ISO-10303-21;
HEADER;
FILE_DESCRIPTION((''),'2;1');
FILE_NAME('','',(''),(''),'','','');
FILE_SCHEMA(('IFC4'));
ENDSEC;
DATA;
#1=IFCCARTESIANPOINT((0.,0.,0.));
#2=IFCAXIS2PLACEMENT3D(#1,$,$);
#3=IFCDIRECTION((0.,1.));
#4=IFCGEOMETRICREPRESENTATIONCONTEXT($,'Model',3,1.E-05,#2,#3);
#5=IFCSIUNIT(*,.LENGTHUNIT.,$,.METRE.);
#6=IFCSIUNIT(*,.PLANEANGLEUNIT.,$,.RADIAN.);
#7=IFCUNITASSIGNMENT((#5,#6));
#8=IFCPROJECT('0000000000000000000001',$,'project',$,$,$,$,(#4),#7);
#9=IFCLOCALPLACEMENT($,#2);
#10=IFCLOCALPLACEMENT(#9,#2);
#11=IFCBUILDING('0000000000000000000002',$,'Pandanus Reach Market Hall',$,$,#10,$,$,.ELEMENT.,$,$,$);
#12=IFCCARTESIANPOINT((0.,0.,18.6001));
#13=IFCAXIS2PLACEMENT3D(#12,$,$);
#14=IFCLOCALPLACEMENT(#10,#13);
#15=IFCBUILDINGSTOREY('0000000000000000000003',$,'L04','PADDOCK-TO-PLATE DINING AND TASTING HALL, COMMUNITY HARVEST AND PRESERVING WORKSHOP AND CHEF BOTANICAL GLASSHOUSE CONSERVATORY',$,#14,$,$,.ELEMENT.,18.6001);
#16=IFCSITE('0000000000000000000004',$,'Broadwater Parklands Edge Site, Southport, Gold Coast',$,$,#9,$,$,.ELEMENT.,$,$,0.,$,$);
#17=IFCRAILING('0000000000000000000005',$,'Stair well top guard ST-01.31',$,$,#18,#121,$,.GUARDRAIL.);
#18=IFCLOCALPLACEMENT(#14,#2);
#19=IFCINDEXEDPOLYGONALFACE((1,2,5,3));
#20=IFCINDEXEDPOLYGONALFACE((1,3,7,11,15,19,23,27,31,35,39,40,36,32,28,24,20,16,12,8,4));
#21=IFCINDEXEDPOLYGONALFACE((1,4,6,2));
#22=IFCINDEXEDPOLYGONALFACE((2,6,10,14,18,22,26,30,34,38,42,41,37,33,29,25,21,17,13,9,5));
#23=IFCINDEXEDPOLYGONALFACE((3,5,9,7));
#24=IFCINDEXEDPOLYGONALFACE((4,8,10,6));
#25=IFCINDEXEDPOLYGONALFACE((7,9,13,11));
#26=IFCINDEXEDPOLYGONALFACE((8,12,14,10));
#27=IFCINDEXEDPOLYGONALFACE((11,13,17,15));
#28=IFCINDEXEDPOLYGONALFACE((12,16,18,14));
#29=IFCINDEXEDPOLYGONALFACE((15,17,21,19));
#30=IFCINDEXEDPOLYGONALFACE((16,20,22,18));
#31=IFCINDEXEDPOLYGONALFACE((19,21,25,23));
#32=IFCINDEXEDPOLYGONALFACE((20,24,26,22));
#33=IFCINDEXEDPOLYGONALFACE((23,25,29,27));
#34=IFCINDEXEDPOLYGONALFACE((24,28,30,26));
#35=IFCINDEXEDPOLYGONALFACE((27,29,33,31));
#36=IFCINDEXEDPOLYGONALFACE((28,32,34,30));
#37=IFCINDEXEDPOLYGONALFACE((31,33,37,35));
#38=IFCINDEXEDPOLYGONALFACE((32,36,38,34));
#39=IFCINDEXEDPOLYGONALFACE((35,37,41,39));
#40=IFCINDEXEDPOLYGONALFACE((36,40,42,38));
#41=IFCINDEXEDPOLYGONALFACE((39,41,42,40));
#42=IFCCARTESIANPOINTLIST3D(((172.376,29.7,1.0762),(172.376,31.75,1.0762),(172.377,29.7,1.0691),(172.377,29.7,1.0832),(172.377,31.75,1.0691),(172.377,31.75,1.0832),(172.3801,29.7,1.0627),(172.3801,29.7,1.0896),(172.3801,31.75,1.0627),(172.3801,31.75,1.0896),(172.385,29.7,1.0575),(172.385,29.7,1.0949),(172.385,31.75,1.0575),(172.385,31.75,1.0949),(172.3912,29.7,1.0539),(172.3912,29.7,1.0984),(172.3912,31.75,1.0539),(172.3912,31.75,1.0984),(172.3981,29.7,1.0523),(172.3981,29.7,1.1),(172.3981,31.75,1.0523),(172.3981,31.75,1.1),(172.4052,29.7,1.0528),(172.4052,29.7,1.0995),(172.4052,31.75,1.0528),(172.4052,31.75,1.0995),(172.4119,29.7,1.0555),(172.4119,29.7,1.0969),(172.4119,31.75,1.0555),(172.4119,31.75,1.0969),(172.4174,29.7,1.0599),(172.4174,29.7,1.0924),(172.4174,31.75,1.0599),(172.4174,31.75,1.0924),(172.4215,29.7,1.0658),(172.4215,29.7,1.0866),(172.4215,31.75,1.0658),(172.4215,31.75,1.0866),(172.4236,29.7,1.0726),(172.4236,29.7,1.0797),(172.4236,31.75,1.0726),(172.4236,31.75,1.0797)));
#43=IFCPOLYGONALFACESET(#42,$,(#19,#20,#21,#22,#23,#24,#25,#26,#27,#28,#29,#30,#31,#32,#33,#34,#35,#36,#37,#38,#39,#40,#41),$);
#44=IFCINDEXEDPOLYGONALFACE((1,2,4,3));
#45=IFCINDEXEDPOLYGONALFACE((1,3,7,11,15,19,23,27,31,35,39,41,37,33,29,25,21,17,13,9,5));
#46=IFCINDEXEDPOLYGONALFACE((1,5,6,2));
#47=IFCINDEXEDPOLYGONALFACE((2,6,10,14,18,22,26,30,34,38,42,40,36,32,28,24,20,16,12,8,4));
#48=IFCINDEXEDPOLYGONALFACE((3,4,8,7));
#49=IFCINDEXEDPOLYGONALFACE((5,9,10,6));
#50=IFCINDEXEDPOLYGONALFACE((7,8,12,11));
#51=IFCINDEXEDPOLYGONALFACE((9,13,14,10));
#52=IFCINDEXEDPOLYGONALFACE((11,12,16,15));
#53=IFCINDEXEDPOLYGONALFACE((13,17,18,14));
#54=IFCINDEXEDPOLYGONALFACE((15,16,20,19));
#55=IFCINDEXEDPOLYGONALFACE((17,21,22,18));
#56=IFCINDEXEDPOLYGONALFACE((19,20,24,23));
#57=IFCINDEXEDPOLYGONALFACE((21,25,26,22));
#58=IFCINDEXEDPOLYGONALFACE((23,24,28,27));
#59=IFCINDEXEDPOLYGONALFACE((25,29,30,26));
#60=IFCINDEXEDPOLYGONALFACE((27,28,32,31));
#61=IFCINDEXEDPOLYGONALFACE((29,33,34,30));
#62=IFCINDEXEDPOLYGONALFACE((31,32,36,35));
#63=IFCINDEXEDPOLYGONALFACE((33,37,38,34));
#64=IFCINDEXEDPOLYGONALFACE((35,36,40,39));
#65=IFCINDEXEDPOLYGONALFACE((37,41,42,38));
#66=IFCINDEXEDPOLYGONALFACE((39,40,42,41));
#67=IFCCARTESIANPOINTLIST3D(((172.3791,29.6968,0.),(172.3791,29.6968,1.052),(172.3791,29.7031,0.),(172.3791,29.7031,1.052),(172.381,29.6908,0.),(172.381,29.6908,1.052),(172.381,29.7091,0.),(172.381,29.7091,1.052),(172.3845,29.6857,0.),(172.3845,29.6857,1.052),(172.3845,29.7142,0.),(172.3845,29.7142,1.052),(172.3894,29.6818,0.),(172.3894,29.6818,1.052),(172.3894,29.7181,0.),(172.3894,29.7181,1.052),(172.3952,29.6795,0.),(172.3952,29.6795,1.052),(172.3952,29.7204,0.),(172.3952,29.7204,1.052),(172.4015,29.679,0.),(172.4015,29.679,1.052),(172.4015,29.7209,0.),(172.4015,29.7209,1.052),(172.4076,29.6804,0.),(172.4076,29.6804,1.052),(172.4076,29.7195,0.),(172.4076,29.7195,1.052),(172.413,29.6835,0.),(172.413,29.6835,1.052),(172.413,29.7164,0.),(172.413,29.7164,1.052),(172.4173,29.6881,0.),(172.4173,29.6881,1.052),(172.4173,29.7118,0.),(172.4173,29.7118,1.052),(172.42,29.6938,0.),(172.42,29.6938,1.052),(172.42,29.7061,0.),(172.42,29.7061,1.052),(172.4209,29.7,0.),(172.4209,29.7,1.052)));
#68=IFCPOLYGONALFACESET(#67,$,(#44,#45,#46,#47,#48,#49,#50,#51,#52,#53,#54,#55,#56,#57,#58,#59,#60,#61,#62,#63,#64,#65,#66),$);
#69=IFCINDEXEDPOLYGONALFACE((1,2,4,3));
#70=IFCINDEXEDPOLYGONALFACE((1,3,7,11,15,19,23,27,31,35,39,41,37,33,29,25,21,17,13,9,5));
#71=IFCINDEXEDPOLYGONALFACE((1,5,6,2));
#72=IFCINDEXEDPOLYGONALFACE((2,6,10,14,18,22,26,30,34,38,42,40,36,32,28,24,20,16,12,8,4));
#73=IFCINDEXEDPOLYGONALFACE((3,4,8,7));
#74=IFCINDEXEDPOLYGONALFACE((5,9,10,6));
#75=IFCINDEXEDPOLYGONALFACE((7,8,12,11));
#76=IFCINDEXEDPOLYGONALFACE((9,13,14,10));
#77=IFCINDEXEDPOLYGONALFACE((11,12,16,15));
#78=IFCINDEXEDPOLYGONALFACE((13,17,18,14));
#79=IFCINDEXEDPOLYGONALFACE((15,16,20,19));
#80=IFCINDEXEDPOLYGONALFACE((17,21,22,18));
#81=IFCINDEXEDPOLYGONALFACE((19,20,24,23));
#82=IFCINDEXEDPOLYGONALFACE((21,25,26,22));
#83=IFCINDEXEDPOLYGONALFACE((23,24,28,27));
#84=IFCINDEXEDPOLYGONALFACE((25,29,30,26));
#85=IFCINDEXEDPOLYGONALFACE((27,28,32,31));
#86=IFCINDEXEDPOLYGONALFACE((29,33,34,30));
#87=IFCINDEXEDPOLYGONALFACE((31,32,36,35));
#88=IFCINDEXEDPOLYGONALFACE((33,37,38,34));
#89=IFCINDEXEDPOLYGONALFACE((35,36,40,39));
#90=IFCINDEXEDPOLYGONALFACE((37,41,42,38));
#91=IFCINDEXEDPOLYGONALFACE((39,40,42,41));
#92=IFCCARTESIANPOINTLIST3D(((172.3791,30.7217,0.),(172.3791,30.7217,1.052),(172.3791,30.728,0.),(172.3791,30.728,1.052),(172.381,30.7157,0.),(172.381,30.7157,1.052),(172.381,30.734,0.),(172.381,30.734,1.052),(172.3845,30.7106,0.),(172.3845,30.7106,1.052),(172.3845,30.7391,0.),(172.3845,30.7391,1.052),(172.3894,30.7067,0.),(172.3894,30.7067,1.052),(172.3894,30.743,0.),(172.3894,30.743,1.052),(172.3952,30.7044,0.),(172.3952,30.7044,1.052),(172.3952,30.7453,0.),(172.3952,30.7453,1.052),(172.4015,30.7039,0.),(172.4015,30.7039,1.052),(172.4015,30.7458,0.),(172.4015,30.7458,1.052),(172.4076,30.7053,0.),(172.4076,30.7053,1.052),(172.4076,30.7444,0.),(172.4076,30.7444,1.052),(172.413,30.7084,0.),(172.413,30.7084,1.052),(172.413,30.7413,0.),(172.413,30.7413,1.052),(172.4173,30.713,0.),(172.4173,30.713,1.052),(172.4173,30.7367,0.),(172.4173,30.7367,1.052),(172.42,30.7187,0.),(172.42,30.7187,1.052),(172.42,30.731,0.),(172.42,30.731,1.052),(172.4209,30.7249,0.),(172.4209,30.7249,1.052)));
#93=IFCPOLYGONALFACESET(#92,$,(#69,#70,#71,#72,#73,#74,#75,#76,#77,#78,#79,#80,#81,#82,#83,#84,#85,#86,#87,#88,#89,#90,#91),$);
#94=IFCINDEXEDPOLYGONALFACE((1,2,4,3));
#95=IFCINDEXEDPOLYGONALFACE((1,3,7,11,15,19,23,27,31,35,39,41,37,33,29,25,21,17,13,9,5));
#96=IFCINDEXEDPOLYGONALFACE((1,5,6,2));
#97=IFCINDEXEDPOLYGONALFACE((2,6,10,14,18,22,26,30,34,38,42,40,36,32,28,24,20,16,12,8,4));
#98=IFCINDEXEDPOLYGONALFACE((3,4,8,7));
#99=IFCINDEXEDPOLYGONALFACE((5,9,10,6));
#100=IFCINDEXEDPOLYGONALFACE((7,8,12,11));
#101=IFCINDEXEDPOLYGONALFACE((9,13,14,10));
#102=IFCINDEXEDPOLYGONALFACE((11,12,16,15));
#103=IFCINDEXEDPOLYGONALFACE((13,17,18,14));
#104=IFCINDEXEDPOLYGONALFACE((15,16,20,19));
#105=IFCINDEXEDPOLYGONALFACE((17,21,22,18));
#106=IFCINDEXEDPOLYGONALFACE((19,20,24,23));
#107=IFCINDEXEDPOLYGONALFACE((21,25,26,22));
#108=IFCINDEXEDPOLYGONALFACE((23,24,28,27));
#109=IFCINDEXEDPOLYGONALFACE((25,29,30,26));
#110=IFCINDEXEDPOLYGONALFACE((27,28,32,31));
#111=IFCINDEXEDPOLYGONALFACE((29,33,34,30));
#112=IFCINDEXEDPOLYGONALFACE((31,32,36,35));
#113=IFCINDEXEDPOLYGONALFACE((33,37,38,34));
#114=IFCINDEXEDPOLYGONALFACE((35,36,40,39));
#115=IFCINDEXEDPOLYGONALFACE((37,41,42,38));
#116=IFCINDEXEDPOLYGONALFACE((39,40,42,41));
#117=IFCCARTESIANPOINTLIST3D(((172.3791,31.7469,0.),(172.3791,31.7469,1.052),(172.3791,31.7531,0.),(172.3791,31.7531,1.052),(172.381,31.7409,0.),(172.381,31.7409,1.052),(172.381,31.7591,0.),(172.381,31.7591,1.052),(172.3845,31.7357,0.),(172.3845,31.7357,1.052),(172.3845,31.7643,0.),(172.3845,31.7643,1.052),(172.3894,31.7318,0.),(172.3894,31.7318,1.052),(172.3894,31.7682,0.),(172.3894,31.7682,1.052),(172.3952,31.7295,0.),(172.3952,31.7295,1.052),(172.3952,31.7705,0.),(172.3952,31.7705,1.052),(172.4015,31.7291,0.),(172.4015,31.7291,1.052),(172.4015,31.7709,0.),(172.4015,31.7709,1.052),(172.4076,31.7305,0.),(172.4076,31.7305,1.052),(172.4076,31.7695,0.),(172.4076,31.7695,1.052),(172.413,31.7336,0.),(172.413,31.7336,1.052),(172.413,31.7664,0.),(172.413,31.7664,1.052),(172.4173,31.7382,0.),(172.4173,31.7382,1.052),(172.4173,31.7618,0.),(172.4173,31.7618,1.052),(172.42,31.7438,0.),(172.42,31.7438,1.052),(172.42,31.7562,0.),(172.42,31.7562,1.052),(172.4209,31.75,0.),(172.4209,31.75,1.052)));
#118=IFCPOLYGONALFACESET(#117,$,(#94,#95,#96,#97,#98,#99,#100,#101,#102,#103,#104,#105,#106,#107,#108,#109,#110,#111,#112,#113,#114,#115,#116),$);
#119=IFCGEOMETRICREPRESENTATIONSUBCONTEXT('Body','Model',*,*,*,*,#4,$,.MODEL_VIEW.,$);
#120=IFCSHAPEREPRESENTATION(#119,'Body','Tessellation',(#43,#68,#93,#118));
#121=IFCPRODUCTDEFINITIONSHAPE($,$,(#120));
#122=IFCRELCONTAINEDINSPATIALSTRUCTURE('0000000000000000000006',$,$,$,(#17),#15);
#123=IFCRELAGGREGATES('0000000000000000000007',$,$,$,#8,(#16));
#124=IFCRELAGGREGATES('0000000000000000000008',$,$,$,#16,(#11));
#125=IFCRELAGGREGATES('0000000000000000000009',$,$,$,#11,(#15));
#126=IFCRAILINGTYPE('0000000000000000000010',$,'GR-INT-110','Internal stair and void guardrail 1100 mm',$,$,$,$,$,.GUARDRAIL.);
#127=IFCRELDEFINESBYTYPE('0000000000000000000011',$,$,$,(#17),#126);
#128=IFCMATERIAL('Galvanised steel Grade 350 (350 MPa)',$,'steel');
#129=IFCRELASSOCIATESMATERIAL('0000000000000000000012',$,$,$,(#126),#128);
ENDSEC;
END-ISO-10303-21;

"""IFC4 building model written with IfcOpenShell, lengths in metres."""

from ifc_helpers import new_model, si_unit, direction, frame, origin, origin_2d, place, context, subcontext, project, spatial, circle, extrude, material, type_object, element, save


model = new_model("IFC4")

# Units and contexts
model_context = context("Model", 3, precision=1e-05, world=origin(), true_north=direction((0.0, 1.0)))
body_context = subcontext(model_context, "Body", "Model", "MODEL_VIEW")
ifc_project = project(units=[si_unit("LENGTHUNIT", "METRE"), si_unit("PLANEANGLEUNIT", "RADIAN")], contexts=[model_context])

# Site, building, storey
site_placement = place(None, origin())
site = spatial("IfcSite", under=ifc_project, at=site_placement, Name="Broadwater Parklands Edge Site, Southport, Gold Coast", CompositionType="ELEMENT", RefElevation=0.0)
building_placement = place(site_placement, origin())
building = spatial("IfcBuilding", under=site, at=building_placement, Name="Pandanus Reach Market Hall", CompositionType="ELEMENT")
storey_placement = place(building_placement, frame((0.0, 0.0, 18.6001)))
storey = spatial("IfcBuildingStorey", under=building, at=storey_placement, Name="L04", Description="PADDOCK-TO-PLATE DINING AND TASTING HALL, COMMUNITY HARVEST AND PRESERVING WORKSHOP AND CHEF BOTANICAL GLASSHOUSE CONSERVATORY", CompositionType="ELEMENT", Elevation=18.6001)

# Railing
ifc_material_1 = material(Name="Galvanised steel Grade 350 (350 MPa)", Category="steel")
railing_type = type_object("IfcRailingType", Name="GR-INT-110", Description="Internal stair and void guardrail 1100 mm", PredefinedType="GUARDRAIL", material=ifc_material_1)
railing_placement = place(storey_placement, frame((172.3999, 29.7, 0.0)))
element("IfcRailing", 1, at=railing_placement, inside=storey, type_object=railing_type, Name="Stair well top guard ST-01.31", PredefinedType="GUARDRAIL", context=body_context, shape_type="SweptSolid", body=[
    extrude(circle(Radius=0.0239, at=origin_2d()), frame((0.0, 0.0, 1.0762), z_axis=(0.0, 1.0, 0.0), x_axis=(-1.0, 0.0, 0.0)), (0.0, 0.0, 1.0), 2.05),
    extrude(circle(Radius=0.021, at=origin_2d()), origin(), (0.0, 0.0, 1.0), 1.052),
    extrude(circle(Radius=0.021, at=origin_2d()), frame((0.0, 1.0249, 0.0)), (0.0, 0.0, 1.0), 1.052),
    extrude(circle(Radius=0.021, at=origin_2d()), frame((0.0, 2.05, 0.0)), (0.0, 0.0, 1.0), 1.052),
])

save(model, "model.ifc")
